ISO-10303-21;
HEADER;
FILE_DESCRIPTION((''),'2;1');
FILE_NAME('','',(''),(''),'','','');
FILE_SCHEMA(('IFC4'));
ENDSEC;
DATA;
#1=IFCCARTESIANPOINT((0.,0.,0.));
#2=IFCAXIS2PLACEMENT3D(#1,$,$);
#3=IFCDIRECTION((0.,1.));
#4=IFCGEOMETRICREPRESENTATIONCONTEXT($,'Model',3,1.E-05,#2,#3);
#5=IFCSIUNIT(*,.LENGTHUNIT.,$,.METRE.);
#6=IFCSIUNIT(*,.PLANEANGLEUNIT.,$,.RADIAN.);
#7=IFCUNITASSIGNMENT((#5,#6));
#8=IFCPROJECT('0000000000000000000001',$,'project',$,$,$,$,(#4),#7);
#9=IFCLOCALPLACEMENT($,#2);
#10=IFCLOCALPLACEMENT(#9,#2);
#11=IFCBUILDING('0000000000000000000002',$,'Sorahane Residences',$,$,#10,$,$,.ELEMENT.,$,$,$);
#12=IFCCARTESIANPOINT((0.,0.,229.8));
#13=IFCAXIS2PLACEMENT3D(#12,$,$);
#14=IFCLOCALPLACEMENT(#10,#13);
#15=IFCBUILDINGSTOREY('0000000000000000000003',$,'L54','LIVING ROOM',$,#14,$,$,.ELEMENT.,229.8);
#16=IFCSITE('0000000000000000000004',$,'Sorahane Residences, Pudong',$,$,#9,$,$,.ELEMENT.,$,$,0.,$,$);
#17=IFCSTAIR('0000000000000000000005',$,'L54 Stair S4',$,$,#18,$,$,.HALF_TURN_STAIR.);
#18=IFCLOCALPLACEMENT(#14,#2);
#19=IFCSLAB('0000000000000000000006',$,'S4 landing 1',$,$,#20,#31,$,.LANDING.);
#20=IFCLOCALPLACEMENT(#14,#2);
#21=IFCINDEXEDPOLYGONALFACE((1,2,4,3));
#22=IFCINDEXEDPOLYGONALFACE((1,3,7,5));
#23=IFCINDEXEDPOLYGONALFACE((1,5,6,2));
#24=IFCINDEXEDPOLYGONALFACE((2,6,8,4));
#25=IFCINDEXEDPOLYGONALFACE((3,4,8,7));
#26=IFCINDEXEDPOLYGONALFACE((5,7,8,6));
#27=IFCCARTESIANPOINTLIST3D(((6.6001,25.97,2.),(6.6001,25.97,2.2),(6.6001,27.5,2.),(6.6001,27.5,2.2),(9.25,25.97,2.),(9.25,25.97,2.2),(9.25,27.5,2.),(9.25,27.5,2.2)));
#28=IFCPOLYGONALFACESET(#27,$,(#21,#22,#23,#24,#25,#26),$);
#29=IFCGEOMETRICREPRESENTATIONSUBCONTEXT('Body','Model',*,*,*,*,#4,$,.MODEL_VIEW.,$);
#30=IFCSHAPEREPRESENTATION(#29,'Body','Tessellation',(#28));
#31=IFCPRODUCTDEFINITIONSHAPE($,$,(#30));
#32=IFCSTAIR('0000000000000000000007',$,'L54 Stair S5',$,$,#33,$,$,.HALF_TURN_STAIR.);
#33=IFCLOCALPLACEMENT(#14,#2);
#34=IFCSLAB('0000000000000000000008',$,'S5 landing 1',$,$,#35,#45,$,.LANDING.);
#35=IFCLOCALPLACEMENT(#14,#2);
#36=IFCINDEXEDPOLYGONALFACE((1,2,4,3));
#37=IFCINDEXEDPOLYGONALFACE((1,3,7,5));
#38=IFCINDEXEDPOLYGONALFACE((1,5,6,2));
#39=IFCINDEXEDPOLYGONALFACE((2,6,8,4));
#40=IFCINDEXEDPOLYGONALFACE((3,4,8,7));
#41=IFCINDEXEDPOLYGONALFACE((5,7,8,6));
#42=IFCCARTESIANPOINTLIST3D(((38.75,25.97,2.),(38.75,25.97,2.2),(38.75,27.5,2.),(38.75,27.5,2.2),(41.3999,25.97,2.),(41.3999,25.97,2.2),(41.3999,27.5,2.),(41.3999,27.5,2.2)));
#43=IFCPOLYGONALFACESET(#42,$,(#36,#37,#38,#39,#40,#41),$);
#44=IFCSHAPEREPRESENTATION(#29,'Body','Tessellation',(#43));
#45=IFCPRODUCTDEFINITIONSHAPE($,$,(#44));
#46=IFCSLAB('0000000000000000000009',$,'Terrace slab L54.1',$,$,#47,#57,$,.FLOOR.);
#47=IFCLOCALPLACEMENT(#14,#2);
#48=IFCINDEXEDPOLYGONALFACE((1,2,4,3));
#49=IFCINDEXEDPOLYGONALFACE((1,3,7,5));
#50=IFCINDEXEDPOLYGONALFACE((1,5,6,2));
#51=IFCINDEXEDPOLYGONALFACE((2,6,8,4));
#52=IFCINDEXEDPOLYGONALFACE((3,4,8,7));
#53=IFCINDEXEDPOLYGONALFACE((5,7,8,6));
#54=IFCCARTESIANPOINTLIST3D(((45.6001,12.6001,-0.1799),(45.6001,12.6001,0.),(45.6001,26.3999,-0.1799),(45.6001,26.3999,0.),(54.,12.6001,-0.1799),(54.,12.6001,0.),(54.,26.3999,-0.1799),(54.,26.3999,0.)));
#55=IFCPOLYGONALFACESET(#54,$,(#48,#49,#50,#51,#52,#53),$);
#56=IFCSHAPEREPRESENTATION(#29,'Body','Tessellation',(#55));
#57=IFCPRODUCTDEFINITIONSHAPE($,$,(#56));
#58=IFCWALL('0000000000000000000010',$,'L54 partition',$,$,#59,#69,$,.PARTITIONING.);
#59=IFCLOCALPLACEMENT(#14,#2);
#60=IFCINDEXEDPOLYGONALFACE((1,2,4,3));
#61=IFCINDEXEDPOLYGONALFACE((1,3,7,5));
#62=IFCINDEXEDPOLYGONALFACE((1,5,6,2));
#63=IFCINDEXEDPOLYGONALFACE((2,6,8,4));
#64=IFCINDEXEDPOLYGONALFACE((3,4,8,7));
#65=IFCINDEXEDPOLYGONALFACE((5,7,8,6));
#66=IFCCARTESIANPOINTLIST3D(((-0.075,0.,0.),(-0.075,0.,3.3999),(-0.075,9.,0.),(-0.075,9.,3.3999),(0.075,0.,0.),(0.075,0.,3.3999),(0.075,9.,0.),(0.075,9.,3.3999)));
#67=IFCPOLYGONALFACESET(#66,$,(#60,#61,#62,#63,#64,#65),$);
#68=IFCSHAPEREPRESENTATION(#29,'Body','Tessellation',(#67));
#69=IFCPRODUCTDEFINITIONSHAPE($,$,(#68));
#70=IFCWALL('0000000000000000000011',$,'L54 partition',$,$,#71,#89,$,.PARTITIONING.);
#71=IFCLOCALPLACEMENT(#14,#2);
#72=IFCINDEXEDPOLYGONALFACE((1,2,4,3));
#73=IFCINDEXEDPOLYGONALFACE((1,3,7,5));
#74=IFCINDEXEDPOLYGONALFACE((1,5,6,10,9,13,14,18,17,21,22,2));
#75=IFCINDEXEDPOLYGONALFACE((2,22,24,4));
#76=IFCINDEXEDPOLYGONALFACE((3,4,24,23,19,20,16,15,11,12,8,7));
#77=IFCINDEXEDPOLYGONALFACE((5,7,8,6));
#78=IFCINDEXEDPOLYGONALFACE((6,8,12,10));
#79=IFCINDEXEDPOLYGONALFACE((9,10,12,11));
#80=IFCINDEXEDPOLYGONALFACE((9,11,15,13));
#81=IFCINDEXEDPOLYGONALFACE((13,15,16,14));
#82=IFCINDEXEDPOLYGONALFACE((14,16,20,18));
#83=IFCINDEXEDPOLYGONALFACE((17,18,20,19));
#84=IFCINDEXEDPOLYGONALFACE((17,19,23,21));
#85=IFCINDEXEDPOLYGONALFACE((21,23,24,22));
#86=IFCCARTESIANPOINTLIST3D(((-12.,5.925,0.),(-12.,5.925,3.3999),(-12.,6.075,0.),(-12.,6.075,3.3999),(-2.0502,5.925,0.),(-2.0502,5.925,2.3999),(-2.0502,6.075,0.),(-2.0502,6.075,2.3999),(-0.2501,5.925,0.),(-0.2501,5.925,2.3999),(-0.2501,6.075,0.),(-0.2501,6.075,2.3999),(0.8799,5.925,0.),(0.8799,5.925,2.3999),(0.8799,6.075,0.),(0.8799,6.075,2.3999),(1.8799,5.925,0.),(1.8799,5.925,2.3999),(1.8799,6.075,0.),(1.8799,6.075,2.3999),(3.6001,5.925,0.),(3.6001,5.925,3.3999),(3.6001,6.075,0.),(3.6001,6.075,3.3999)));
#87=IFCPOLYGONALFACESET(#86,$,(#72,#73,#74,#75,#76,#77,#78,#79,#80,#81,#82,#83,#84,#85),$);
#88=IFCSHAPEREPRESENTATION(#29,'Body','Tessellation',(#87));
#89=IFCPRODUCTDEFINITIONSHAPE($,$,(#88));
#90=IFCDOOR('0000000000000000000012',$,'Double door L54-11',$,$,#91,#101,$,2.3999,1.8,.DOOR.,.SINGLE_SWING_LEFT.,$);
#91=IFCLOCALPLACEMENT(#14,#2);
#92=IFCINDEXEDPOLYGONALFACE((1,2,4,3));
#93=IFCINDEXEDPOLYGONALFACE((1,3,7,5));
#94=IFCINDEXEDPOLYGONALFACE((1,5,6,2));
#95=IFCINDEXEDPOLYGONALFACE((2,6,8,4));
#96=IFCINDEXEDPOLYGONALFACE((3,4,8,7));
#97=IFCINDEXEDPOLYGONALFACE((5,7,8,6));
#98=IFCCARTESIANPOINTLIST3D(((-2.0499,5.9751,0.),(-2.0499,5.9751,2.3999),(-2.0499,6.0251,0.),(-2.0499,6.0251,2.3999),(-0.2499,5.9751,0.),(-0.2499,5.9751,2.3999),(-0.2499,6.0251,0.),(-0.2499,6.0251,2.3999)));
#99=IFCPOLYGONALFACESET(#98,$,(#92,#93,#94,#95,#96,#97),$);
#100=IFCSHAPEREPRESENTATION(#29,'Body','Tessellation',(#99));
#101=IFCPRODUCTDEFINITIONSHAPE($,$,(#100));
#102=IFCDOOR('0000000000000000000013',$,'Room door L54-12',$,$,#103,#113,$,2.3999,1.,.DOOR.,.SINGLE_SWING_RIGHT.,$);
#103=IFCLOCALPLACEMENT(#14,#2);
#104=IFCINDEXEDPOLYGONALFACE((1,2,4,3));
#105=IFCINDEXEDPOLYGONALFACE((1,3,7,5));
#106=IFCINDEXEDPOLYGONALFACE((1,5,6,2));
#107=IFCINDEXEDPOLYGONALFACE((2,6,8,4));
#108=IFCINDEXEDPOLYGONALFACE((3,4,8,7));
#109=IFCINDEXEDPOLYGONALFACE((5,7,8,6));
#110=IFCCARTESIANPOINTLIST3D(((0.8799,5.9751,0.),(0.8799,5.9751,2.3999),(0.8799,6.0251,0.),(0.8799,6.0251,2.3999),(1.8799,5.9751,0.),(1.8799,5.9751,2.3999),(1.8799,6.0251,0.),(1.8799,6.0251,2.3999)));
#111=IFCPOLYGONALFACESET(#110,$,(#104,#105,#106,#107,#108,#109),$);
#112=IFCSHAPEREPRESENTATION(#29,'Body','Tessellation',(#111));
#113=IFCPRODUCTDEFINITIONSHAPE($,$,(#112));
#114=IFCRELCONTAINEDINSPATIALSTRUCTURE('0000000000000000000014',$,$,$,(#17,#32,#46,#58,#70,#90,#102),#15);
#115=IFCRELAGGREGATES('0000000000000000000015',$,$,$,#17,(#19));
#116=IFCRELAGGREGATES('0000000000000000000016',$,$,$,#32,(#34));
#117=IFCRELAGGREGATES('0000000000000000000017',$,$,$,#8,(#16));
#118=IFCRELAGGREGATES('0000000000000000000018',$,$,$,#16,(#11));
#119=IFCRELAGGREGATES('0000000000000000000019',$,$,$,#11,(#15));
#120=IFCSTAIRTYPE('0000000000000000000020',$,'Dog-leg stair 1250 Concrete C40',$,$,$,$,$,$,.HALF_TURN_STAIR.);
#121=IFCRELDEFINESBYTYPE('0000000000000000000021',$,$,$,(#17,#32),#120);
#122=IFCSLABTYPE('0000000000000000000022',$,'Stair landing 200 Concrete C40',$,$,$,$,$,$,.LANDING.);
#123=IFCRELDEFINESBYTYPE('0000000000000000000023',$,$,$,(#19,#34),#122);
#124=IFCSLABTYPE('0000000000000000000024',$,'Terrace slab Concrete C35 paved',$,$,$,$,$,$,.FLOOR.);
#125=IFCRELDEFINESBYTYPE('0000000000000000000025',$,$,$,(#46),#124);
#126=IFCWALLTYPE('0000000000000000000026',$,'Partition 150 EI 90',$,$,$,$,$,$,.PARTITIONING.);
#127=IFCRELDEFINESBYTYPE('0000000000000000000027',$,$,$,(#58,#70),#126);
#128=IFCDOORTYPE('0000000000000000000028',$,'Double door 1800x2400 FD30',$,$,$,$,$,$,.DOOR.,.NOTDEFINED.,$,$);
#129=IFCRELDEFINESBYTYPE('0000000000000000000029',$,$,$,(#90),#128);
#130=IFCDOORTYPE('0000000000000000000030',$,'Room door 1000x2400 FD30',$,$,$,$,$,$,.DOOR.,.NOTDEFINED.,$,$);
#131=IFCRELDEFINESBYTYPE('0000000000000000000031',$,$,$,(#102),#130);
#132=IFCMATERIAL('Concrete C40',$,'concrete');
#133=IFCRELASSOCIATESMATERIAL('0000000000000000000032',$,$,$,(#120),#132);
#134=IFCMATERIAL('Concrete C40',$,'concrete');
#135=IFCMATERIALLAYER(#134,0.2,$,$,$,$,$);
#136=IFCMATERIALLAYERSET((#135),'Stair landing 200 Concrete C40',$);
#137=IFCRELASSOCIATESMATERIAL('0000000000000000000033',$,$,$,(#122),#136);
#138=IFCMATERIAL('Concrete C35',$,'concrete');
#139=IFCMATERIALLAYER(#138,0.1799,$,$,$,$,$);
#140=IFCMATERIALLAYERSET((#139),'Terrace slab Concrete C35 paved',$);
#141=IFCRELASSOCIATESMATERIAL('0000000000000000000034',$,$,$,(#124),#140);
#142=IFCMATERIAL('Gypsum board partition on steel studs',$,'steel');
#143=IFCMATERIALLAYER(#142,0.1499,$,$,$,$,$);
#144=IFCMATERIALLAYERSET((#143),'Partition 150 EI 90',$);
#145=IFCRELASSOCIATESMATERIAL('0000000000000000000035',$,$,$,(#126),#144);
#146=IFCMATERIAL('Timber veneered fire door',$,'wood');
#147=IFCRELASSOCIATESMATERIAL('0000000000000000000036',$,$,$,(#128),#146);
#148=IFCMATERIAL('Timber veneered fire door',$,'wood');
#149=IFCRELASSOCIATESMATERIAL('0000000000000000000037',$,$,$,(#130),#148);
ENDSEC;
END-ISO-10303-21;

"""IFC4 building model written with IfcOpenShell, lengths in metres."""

from ifc_helpers import new_model, si_unit, direction, frame, frame_2d, origin, place, context, subcontext, project, spatial, polyline, rectangle, outline, extrude, material, layer, layer_set, type_object, element, fill, aggregate, save


model = new_model("IFC4")

# Units and contexts
model_context = context("Model", 3, precision=1e-05, world=origin(), true_north=direction((0.0, 1.0)))
body_context = subcontext(model_context, "Body", "Model", "MODEL_VIEW")
ifc_project = project(units=[si_unit("LENGTHUNIT", "METRE"), si_unit("PLANEANGLEUNIT", "RADIAN")], contexts=[model_context])

# Site, building, storey
site_placement = place(None, origin())
site = spatial("IfcSite", under=ifc_project, at=site_placement, Name="Sorahane Residences, Pudong", CompositionType="ELEMENT", RefElevation=0.0)
building_placement = place(site_placement, origin())
building = spatial("IfcBuilding", under=site, at=building_placement, Name="Sorahane Residences", CompositionType="ELEMENT")
storey_placement = place(building_placement, frame((0.0, 0.0, 229.8)))
storey = spatial("IfcBuildingStorey", under=building, at=storey_placement, Name="L54", Description="LIVING ROOM", CompositionType="ELEMENT", Elevation=229.8)

# Stairs, slabs
ifc_material_1 = material(Name="Concrete C40", Category="concrete")
stair_type = type_object("IfcStairType", Name="Dog-leg stair 1250 Concrete C40", PredefinedType="HALF_TURN_STAIR", material=ifc_material_1)
ifc_material_2 = material(Name="Concrete C40", Category="concrete")
ifc_layer_1 = layer(ifc_material_2, 0.2)
ifc_layer_set_1 = layer_set([ifc_layer_1], Name="Stair landing 200 Concrete C40")
slab_type_1 = type_object("IfcSlabType", Name="Stair landing 200 Concrete C40", PredefinedType="LANDING", material=ifc_layer_set_1)
stair_1_placement = place(storey_placement, origin())
stair_1 = element("IfcStair", 1, at=stair_1_placement, inside=storey, type_object=stair_type, Name="L54 Stair S4", PredefinedType="HALF_TURN_STAIR")
slab_1_placement = place(storey_placement, frame((0.0, 0.0, 2.0)))
slab_1 = element("IfcSlab", 2, at=slab_1_placement, type_object=slab_type_1, Name="S4 landing 1", PredefinedType="LANDING", context=body_context, shape_type="SweptSolid", body=[
    extrude(outline(polyline([(9.25, 25.97), (9.25, 27.5), (6.6001, 27.5), (6.6001, 25.97), (9.25, 25.97)])), origin(), (0.0, 0.0, 1.0), 0.2),
])
aggregate(stair_1, [slab_1])
stair_2_placement = place(storey_placement, origin())
stair_2 = element("IfcStair", 3, at=stair_2_placement, inside=storey, type_object=stair_type, Name="L54 Stair S5", PredefinedType="HALF_TURN_STAIR")
slab_2_placement = place(storey_placement, frame((0.0, 0.0, 2.0)))
slab_2 = element("IfcSlab", 4, at=slab_2_placement, type_object=slab_type_1, Name="S5 landing 1", PredefinedType="LANDING", context=body_context, shape_type="SweptSolid", body=[
    extrude(outline(polyline([(41.3999, 25.97), (41.3999, 27.5), (38.75, 27.5), (38.75, 25.97), (41.3999, 25.97)])), origin(), (0.0, 0.0, 1.0), 0.2),
])
aggregate(stair_2, [slab_2])

# Slab
ifc_material_3 = material(Name="Concrete C35", Category="concrete")
ifc_layer_2 = layer(ifc_material_3, 0.1799)
ifc_layer_set_2 = layer_set([ifc_layer_2], Name="Terrace slab Concrete C35 paved")
slab_type_2 = type_object("IfcSlabType", Name="Terrace slab Concrete C35 paved", PredefinedType="FLOOR", material=ifc_layer_set_2)
slab_3_placement = place(storey_placement, frame((0.0, 0.0, -0.1799)))
element("IfcSlab", 5, at=slab_3_placement, inside=storey, type_object=slab_type_2, Name="Terrace slab L54.1", PredefinedType="FLOOR", context=body_context, shape_type="SweptSolid", body=[
    extrude(outline(polyline([(54.0, 12.6001), (45.6001, 12.6001), (45.6001, 26.3999), (54.0, 26.3999), (54.0, 12.6001)])), origin(), (0.0, 0.0, 1.0), 0.1799),
])

# Wall
ifc_material_4 = material(Name="Gypsum board partition on steel studs", Category="steel")
ifc_layer_3 = layer(ifc_material_4, 0.1499)
ifc_layer_set_3 = layer_set([ifc_layer_3], Name="Partition 150 EI 90")
wall_type = type_object("IfcWallType", Name="Partition 150 EI 90", PredefinedType="PARTITIONING", material=ifc_layer_set_3)
wall_1_placement = place(storey_placement, frame((0.0, 0.0, 0.0), z_axis=(0.0, 0.0, 1.0), x_axis=(0.0, 1.0, 0.0)))
element("IfcWall", 6, at=wall_1_placement, inside=storey, type_object=wall_type, Name="L54 partition", PredefinedType="PARTITIONING", context=body_context, shape_type="SweptSolid", body=[
    extrude(rectangle(XDim=9.0, YDim=0.1499, at=frame_2d((4.5, 0.0))), origin(), (0.0, 0.0, 1.0), 3.3999),
])

# Wall, openings, doors
wall_2_placement = place(storey_placement, frame((-12.0, 6.0, 0.0), z_axis=(0.0, 0.0, 1.0), x_axis=(1.0, 0.0, 0.0)))
wall_2 = element("IfcWall", 7, at=wall_2_placement, inside=storey, type_object=wall_type, Name="L54 partition", PredefinedType="PARTITIONING", context=body_context, shape_type="SweptSolid", body=[
    extrude(rectangle(XDim=15.6001, YDim=0.1499, at=frame_2d((7.8, 0.0))), origin(), (0.0, 0.0, 1.0), 3.3999),
])
opening_1_placement = place(wall_2_placement, frame((9.95, 0.0, 0.0)))
opening_1 = element("IfcOpeningElement", 8, at=opening_1_placement, cuts=wall_2, PredefinedType="OPENING", context=body_context, shape_type="SweptSolid", body=[
    extrude(rectangle(XDim=1.8, YDim=2.3999, at=frame_2d((0.8999, 1.2))), frame((0.0, 0.085, 0.0), z_axis=(0.0, -1.0, 0.0), x_axis=(1.0, 0.0, 0.0)), (0.0, 0.0, 1.0), 0.1699),
])
opening_2_placement = place(wall_2_placement, frame((12.8799, 0.0, 0.0)))
opening_2 = element("IfcOpeningElement", 9, at=opening_2_placement, cuts=wall_2, PredefinedType="OPENING", context=body_context, shape_type="SweptSolid", body=[
    extrude(rectangle(XDim=1.0, YDim=2.3999, at=frame_2d((0.5, 1.2))), frame((0.0, 0.085, 0.0), z_axis=(0.0, -1.0, 0.0), x_axis=(1.0, 0.0, 0.0)), (0.0, 0.0, 1.0), 0.1699),
])
ifc_material_5 = material(Name="Timber veneered fire door", Category="wood")
door_type_1 = type_object("IfcDoorType", Name="Double door 1800x2400 FD30", OperationType="NOTDEFINED", PredefinedType="DOOR", material=ifc_material_5)
door_1_placement = place(opening_1_placement, frame((1.8, 0.0, 0.0), z_axis=(0.0, 0.0, 1.0), x_axis=(-1.0, 0.0, 0.0)))
door_1 = element("IfcDoor", 10, at=door_1_placement, inside=storey, type_object=door_type_1, Name="Double door L54-11", OperationType="SINGLE_SWING_LEFT", OverallHeight=2.3999, OverallWidth=1.8, PredefinedType="DOOR", context=body_context, shape_type="SweptSolid", body=[
    extrude(rectangle(XDim=1.8, YDim=2.3999, at=frame_2d((0.8999, 1.2))), frame((0.0, 0.0249, 0.0), z_axis=(0.0, -1.0, 0.0), x_axis=(1.0, 0.0, 0.0)), (0.0, 0.0, 1.0), 0.05),
])
fill(opening_1, door_1)
ifc_material_6 = material(Name="Timber veneered fire door", Category="wood")
door_type_2 = type_object("IfcDoorType", Name="Room door 1000x2400 FD30", OperationType="NOTDEFINED", PredefinedType="DOOR", material=ifc_material_6)
door_2_placement = place(opening_2_placement, frame((1.0, 0.0, 0.0), z_axis=(0.0, 0.0, 1.0), x_axis=(-1.0, 0.0, 0.0)))
door_2 = element("IfcDoor", 11, at=door_2_placement, inside=storey, type_object=door_type_2, Name="Room door L54-12", OperationType="SINGLE_SWING_RIGHT", OverallHeight=2.3999, OverallWidth=1.0, PredefinedType="DOOR", context=body_context, shape_type="SweptSolid", body=[
    extrude(rectangle(XDim=1.0, YDim=2.3999, at=frame_2d((0.5, 1.2))), frame((0.0, 0.0249, 0.0), z_axis=(0.0, -1.0, 0.0), x_axis=(1.0, 0.0, 0.0)), (0.0, 0.0, 1.0), 0.05),
])
fill(opening_2, door_2)

save(model, "model.ifc")
